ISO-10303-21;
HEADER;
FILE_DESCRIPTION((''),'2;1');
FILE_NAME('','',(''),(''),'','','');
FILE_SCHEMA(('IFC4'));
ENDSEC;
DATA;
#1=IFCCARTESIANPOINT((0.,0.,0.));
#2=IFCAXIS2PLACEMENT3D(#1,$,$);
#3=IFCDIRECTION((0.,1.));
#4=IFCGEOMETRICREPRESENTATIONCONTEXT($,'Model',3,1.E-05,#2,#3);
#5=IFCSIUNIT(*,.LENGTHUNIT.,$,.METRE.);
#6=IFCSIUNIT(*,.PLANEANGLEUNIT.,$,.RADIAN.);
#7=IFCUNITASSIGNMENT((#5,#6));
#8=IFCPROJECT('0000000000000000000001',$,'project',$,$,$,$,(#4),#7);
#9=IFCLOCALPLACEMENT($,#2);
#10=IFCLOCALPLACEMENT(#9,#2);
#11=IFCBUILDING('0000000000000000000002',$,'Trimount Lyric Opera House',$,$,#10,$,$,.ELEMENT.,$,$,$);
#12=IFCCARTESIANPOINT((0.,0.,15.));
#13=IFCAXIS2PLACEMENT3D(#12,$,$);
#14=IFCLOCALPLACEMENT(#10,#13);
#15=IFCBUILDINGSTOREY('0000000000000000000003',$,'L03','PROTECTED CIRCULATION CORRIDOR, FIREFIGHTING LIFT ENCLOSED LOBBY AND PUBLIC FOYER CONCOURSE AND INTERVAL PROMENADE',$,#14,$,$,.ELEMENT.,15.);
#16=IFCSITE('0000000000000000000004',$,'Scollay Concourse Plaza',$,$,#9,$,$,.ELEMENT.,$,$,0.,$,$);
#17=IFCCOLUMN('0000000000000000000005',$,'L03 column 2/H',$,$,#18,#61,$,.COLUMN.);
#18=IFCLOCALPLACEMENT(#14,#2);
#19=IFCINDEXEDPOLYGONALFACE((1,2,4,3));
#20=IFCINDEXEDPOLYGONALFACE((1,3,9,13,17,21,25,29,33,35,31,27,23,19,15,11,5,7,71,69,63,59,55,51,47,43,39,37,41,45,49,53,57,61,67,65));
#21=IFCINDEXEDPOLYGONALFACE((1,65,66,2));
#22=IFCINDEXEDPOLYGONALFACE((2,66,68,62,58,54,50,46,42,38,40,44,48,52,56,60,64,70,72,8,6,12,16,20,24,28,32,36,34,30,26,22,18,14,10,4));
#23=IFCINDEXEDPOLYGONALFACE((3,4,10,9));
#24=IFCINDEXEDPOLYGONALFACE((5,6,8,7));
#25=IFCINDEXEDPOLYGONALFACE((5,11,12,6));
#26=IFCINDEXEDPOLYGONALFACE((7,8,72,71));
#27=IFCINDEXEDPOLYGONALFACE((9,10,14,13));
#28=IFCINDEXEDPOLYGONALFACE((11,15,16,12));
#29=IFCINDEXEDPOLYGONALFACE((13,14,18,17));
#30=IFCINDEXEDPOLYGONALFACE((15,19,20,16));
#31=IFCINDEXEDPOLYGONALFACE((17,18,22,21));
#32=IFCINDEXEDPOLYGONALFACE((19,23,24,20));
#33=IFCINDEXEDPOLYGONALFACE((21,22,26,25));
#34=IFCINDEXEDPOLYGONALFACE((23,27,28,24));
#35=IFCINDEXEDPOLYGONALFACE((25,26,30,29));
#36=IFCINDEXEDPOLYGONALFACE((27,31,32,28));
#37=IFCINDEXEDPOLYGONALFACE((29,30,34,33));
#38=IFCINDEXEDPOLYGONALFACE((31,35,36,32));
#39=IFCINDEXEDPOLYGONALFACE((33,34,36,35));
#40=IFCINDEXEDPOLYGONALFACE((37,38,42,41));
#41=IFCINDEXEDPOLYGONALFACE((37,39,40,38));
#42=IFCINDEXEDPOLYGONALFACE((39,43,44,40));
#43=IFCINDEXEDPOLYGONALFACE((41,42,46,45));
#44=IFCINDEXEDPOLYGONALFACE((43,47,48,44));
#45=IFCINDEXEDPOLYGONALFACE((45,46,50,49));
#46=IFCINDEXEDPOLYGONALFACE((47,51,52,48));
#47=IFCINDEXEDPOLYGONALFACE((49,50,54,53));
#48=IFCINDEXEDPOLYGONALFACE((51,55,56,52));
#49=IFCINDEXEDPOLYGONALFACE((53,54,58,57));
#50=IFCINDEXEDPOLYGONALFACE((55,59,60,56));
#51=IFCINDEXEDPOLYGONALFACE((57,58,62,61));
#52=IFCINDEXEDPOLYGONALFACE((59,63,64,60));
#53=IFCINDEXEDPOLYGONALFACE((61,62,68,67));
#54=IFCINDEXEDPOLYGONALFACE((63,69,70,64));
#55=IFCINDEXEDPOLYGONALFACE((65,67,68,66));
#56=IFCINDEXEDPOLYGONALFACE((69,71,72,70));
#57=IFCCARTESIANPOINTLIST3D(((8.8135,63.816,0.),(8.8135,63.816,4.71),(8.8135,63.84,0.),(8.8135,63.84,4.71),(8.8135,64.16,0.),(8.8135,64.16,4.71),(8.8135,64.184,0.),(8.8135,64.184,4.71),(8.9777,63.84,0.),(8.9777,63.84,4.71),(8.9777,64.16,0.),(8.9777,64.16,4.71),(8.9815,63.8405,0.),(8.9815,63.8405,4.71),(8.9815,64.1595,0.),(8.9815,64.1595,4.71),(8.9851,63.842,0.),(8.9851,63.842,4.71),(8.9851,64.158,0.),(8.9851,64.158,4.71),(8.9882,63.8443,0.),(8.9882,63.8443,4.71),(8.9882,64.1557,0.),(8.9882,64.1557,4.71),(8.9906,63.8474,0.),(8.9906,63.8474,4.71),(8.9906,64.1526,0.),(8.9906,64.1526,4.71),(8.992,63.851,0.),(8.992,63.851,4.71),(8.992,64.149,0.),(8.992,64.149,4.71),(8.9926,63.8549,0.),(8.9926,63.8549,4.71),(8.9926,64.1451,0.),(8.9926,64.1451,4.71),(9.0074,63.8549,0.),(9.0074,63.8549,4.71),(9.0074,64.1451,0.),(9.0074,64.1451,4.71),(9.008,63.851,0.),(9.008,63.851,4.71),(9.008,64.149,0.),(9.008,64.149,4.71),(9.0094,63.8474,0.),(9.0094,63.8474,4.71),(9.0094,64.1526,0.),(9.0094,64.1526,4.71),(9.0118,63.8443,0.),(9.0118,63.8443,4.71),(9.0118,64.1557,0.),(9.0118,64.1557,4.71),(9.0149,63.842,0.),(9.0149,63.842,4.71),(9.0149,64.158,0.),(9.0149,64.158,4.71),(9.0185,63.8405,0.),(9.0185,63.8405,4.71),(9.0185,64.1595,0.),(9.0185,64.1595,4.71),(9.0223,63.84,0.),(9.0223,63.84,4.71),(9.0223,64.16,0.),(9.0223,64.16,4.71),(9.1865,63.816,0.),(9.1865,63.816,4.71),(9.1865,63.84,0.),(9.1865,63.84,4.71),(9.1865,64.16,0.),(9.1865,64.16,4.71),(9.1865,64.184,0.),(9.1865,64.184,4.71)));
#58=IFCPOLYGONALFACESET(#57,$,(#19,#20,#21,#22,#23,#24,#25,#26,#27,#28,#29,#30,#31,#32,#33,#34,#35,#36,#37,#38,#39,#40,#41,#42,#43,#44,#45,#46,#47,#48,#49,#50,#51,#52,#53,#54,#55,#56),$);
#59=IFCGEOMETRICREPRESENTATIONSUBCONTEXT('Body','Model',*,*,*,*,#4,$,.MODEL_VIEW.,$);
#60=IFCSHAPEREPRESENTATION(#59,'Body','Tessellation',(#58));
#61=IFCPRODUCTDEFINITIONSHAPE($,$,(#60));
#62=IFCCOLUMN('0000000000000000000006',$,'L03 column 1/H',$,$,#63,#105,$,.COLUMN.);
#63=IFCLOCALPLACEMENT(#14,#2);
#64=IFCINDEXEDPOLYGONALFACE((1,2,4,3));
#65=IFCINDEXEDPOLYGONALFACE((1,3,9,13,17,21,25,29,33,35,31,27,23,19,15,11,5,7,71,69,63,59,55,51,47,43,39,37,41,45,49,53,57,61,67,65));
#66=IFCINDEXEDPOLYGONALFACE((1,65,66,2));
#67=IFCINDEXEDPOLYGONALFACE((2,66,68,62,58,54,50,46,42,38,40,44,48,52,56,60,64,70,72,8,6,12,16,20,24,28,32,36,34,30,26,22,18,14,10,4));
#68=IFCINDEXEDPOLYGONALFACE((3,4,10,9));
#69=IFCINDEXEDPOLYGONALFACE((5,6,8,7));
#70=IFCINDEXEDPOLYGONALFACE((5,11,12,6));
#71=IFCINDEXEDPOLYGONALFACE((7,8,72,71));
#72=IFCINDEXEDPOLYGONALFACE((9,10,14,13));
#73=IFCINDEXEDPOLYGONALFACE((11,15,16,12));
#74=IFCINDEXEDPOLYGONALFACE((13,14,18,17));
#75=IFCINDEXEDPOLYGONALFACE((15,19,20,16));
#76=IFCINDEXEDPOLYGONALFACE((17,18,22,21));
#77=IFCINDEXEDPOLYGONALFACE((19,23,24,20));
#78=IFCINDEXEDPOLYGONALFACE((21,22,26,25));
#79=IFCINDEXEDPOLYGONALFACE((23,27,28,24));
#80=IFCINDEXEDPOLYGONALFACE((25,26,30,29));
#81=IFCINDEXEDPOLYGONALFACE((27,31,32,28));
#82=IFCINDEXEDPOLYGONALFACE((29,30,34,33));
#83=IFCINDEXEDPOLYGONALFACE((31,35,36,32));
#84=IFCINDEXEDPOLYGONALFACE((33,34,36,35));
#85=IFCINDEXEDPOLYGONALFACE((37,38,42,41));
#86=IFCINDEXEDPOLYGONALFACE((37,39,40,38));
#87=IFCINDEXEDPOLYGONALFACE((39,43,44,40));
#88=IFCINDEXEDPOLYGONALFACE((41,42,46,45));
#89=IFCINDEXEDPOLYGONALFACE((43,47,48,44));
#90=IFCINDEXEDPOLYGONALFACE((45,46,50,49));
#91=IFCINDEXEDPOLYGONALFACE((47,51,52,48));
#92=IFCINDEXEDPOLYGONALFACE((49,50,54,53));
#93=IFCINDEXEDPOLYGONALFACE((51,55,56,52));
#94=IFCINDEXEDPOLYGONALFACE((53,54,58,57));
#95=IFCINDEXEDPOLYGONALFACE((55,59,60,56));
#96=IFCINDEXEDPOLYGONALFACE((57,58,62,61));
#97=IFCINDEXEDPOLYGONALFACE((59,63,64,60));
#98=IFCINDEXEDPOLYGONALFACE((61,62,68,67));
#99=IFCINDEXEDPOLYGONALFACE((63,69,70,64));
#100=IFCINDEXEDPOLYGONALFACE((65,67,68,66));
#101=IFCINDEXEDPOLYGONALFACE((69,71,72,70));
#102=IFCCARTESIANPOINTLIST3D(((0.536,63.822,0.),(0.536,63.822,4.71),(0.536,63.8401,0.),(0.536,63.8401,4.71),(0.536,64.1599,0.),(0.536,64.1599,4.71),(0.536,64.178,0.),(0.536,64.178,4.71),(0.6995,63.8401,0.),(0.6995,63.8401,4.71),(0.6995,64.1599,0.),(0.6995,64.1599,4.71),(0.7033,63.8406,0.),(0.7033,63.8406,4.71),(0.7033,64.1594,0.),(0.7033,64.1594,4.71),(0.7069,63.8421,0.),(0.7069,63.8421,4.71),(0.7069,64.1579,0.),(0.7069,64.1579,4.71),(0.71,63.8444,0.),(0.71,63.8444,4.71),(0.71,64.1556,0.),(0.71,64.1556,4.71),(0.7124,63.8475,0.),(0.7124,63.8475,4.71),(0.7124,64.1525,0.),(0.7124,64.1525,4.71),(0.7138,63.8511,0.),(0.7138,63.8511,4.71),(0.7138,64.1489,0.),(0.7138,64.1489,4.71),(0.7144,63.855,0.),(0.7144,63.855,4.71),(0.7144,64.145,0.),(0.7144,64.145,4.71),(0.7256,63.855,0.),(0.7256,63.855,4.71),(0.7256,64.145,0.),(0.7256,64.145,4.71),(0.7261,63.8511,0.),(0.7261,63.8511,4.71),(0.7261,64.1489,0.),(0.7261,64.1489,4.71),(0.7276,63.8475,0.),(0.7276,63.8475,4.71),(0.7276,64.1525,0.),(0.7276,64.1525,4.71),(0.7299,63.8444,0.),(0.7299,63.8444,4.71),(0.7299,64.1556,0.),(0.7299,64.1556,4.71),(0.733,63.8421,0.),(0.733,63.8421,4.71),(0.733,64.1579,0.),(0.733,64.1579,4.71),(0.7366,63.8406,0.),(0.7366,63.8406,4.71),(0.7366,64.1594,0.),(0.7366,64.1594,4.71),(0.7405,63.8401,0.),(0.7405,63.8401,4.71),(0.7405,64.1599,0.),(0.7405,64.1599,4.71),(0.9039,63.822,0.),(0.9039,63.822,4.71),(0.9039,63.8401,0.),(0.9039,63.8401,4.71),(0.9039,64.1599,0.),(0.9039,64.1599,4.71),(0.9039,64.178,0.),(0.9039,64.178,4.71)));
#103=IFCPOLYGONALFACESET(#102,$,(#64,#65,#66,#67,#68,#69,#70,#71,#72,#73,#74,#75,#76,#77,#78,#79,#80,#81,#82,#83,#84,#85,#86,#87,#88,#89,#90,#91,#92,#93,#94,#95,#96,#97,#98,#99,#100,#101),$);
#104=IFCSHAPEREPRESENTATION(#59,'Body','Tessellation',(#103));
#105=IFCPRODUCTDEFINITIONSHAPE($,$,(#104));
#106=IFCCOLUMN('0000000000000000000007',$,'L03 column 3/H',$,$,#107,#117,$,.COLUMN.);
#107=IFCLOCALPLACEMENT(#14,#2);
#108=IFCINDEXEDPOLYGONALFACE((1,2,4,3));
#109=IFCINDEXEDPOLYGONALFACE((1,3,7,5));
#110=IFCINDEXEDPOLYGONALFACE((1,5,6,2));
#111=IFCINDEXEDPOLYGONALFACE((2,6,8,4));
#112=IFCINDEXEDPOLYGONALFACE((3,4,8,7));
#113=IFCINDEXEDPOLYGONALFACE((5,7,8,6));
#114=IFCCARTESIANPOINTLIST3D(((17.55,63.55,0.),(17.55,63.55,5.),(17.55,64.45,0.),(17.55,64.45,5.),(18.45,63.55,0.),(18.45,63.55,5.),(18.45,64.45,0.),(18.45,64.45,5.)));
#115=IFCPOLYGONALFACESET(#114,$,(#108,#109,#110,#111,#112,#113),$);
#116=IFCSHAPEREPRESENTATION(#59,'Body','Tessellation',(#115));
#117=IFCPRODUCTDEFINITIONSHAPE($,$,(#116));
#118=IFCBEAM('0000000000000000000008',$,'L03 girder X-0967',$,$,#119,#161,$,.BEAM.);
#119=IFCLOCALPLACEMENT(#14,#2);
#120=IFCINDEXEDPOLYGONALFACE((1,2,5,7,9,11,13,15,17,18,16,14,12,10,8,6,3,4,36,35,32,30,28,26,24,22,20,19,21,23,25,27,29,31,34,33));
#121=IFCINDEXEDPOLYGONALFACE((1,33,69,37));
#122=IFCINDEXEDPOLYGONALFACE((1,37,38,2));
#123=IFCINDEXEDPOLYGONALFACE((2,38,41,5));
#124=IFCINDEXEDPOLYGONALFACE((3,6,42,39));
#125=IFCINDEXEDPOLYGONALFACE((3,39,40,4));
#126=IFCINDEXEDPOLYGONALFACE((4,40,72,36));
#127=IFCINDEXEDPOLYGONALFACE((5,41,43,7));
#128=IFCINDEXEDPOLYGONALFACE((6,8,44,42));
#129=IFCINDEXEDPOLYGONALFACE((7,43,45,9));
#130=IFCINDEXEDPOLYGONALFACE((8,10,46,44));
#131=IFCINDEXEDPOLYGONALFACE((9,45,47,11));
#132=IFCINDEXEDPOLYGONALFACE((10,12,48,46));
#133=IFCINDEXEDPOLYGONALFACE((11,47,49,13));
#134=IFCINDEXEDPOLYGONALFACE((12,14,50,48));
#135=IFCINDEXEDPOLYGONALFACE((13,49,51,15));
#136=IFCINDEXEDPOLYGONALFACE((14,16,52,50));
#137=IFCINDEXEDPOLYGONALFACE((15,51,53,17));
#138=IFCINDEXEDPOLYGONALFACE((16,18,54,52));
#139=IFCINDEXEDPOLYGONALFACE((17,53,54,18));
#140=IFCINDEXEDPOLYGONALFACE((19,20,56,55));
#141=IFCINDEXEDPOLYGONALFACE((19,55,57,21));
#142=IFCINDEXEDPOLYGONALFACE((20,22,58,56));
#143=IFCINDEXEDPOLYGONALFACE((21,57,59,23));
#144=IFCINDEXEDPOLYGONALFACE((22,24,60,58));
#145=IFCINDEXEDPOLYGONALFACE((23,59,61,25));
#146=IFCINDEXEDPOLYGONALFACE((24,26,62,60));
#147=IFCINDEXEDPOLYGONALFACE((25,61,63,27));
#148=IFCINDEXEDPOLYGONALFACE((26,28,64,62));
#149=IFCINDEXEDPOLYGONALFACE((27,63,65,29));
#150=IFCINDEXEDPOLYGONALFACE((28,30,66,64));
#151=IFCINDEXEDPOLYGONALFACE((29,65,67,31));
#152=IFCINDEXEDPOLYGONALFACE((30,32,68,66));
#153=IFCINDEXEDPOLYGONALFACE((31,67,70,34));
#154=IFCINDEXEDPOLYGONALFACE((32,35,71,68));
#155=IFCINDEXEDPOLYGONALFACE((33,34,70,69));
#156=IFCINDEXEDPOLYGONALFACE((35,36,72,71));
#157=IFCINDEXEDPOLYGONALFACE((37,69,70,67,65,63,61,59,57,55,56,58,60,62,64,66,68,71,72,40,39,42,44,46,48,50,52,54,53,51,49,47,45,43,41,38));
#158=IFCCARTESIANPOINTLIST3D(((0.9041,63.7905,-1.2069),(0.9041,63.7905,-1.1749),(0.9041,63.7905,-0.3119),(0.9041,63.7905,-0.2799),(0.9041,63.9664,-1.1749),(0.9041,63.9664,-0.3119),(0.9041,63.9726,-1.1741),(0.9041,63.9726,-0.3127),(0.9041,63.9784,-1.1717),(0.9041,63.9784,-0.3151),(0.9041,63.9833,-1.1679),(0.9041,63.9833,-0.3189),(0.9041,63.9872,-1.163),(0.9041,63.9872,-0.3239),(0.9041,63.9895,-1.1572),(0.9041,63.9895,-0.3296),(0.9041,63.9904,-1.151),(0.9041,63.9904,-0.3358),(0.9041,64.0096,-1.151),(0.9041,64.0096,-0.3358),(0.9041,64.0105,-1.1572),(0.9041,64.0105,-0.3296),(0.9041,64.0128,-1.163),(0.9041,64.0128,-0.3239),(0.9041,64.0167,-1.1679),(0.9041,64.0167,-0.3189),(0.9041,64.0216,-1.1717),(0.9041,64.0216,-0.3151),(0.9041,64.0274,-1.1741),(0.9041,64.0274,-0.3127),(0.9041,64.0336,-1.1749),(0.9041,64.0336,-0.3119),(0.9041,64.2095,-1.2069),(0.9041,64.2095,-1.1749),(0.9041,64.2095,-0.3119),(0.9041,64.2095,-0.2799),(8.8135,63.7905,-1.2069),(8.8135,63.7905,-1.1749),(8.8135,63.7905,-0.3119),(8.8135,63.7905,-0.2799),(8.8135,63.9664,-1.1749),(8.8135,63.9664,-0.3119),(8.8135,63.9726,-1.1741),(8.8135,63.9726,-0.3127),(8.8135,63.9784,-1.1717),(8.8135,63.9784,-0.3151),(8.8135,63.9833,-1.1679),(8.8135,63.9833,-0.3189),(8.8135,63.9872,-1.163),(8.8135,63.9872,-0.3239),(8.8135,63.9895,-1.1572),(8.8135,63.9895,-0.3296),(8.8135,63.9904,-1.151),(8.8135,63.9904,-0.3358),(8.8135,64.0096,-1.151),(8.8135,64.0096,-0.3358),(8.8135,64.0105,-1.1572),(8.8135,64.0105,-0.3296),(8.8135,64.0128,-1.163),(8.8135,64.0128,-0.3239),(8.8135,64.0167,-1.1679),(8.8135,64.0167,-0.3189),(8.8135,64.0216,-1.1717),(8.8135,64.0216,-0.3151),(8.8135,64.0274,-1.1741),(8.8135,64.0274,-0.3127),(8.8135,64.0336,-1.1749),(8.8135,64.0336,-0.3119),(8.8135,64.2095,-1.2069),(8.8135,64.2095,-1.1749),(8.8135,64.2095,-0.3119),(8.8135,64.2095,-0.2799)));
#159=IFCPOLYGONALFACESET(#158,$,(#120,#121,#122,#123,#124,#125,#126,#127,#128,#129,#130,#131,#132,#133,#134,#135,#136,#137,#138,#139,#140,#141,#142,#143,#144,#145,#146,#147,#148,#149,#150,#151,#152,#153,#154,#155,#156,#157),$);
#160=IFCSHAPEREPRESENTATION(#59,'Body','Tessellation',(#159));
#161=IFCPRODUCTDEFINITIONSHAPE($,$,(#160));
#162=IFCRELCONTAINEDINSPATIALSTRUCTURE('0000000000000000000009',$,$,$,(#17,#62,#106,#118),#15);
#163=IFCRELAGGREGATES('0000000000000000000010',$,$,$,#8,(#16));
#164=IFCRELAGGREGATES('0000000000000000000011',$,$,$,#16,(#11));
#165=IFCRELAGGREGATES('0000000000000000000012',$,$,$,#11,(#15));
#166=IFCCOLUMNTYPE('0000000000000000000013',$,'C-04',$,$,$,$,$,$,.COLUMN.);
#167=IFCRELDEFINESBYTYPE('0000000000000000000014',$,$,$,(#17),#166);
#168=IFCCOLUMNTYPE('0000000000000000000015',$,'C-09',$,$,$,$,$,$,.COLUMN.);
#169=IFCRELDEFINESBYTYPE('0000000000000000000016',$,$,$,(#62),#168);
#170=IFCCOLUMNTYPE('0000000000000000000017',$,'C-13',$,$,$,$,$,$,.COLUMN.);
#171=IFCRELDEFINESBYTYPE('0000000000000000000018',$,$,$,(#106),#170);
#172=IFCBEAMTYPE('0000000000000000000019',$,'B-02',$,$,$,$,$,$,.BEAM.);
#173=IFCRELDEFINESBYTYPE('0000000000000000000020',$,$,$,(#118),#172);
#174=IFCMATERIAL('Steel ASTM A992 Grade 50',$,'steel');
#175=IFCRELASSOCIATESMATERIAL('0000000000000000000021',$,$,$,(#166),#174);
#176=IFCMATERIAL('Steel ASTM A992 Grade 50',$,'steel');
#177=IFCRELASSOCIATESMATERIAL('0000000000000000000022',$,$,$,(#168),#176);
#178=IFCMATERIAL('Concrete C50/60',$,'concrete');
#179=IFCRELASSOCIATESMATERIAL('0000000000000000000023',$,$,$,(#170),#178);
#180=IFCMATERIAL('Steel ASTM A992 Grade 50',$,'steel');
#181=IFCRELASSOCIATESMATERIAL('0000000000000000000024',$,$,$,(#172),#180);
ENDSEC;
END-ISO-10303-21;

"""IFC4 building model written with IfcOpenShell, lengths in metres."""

from ifc_helpers import new_model, si_unit, direction, frame, origin, origin_2d, place, context, subcontext, project, spatial, rectangle, i_section, extrude, material, material_profile, profile_set, type_object, element, save


model = new_model("IFC4")

# Units and contexts
model_context = context("Model", 3, precision=1e-05, world=origin(), true_north=direction((0.0, 1.0)))
body_context = subcontext(model_context, "Body", "Model", "MODEL_VIEW")
ifc_project = project(units=[si_unit("LENGTHUNIT", "METRE"), si_unit("PLANEANGLEUNIT", "RADIAN")], contexts=[model_context])

# Site, building, storey
site_placement = place(None, origin())
site = spatial("IfcSite", under=ifc_project, at=site_placement, Name="Scollay Concourse Plaza", CompositionType="ELEMENT", RefElevation=0.0)
building_placement = place(site_placement, origin())
building = spatial("IfcBuilding", under=site, at=building_placement, Name="Trimount Lyric Opera House", CompositionType="ELEMENT")
storey_placement = place(building_placement, frame((0.0, 0.0, 15.0)))
storey = spatial("IfcBuildingStorey", under=building, at=storey_placement, Name="L03", Description="PROTECTED CIRCULATION CORRIDOR, FIREFIGHTING LIFT ENCLOSED LOBBY AND PUBLIC FOYER CONCOURSE AND INTERVAL PROMENADE", CompositionType="ELEMENT", Elevation=15.0)

# Columns
ifc_material_1 = material(Name="Steel ASTM A992 Grade 50", Category="steel")
ifc_material_profile_1 = material_profile(ifc_material_1, i_section(OverallWidth=0.373, OverallDepth=0.3679, WebThickness=0.0149, FlangeThickness=0.0239, FilletRadius=0.0149, at=origin_2d()), Name="W14X120")
ifc_profile_set_1 = profile_set([ifc_material_profile_1], Name="Steel ASTM A992 Grade 50")
column_type_1 = type_object("IfcColumnType", Name="C-04", PredefinedType="COLUMN", material=ifc_profile_set_1)
column_1_placement = place(storey_placement, frame((9.0, 64.0, 0.0), z_axis=(0.0, 0.0, 1.0), x_axis=(1.0, 0.0, 0.0)))
element("IfcColumn", 1, at=column_1_placement, inside=storey, type_object=column_type_1, Name="L03 column 2/H", PredefinedType="COLUMN", context=body_context, shape_type="SweptSolid", body=[
    extrude(i_section(OverallWidth=0.373, OverallDepth=0.3679, WebThickness=0.0149, FlangeThickness=0.0239, FilletRadius=0.0149, at=origin_2d()), origin(), (0.0, 0.0, 1.0), 4.71),
])
ifc_material_2 = material(Name="Steel ASTM A992 Grade 50", Category="steel")
ifc_material_profile_2 = material_profile(ifc_material_2, i_section(OverallWidth=0.3679, OverallDepth=0.356, WebThickness=0.0112, FlangeThickness=0.0181, FilletRadius=0.0149, at=origin_2d()), Name="W14X90")
ifc_profile_set_2 = profile_set([ifc_material_profile_2], Name="Steel ASTM A992 Grade 50")
column_type_2 = type_object("IfcColumnType", Name="C-09", PredefinedType="COLUMN", material=ifc_profile_set_2)
column_2_placement = place(storey_placement, frame((0.72, 64.0, 0.0), z_axis=(0.0, 0.0, 1.0), x_axis=(1.0, 0.0, 0.0)))
element("IfcColumn", 2, at=column_2_placement, inside=storey, type_object=column_type_2, Name="L03 column 1/H", PredefinedType="COLUMN", context=body_context, shape_type="SweptSolid", body=[
    extrude(i_section(OverallWidth=0.3679, OverallDepth=0.356, WebThickness=0.0112, FlangeThickness=0.0181, FilletRadius=0.0149, at=origin_2d()), origin(), (0.0, 0.0, 1.0), 4.71),
])
ifc_material_3 = material(Name="Concrete C50/60", Category="concrete")
ifc_material_profile_3 = material_profile(ifc_material_3, rectangle(XDim=0.8999, YDim=0.8999, at=origin_2d()), Name="RC900X900")
ifc_profile_set_3 = profile_set([ifc_material_profile_3], Name="Concrete C50/60")
column_type_3 = type_object("IfcColumnType", Name="C-13", PredefinedType="COLUMN", material=ifc_profile_set_3)
column_3_placement = place(storey_placement, frame((18.0, 64.0, 0.0), z_axis=(0.0, 0.0, 1.0), x_axis=(1.0, 0.0, 0.0)))
element("IfcColumn", 3, at=column_3_placement, inside=storey, type_object=column_type_3, Name="L03 column 3/H", PredefinedType="COLUMN", context=body_context, shape_type="SweptSolid", body=[
    extrude(rectangle(XDim=0.8999, YDim=0.8999, at=origin_2d()), origin(), (0.0, 0.0, 1.0), 5.0),
])

# Beam
ifc_material_4 = material(Name="Steel ASTM A992 Grade 50", Category="steel")
ifc_material_profile_4 = material_profile(ifc_material_4, i_section(OverallWidth=0.4189, OverallDepth=0.927, WebThickness=0.0193, FlangeThickness=0.032, FilletRadius=0.0239, at=origin_2d()), Name="W36X231")
ifc_profile_set_4 = profile_set([ifc_material_profile_4], Name="Steel ASTM A992 Grade 50")
beam_type_1 = type_object("IfcBeamType", Name="B-02", PredefinedType="BEAM", material=ifc_profile_set_4)
beam_1_placement = place(storey_placement, frame((0.9041, 64.0, -0.7434), z_axis=(1.0, 0.0, 0.0), x_axis=(0.0, 1.0, 0.0)))
element("IfcBeam", 4, at=beam_1_placement, inside=storey, type_object=beam_type_1, Name="L03 girder X-0967", PredefinedType="BEAM", context=body_context, shape_type="SweptSolid", body=[
    extrude(i_section(OverallWidth=0.4189, OverallDepth=0.927, WebThickness=0.0193, FlangeThickness=0.032, FilletRadius=0.0239, at=origin_2d()), origin(), (0.0, 0.0, 1.0), 7.9094),
])

save(model, "model.ifc")
